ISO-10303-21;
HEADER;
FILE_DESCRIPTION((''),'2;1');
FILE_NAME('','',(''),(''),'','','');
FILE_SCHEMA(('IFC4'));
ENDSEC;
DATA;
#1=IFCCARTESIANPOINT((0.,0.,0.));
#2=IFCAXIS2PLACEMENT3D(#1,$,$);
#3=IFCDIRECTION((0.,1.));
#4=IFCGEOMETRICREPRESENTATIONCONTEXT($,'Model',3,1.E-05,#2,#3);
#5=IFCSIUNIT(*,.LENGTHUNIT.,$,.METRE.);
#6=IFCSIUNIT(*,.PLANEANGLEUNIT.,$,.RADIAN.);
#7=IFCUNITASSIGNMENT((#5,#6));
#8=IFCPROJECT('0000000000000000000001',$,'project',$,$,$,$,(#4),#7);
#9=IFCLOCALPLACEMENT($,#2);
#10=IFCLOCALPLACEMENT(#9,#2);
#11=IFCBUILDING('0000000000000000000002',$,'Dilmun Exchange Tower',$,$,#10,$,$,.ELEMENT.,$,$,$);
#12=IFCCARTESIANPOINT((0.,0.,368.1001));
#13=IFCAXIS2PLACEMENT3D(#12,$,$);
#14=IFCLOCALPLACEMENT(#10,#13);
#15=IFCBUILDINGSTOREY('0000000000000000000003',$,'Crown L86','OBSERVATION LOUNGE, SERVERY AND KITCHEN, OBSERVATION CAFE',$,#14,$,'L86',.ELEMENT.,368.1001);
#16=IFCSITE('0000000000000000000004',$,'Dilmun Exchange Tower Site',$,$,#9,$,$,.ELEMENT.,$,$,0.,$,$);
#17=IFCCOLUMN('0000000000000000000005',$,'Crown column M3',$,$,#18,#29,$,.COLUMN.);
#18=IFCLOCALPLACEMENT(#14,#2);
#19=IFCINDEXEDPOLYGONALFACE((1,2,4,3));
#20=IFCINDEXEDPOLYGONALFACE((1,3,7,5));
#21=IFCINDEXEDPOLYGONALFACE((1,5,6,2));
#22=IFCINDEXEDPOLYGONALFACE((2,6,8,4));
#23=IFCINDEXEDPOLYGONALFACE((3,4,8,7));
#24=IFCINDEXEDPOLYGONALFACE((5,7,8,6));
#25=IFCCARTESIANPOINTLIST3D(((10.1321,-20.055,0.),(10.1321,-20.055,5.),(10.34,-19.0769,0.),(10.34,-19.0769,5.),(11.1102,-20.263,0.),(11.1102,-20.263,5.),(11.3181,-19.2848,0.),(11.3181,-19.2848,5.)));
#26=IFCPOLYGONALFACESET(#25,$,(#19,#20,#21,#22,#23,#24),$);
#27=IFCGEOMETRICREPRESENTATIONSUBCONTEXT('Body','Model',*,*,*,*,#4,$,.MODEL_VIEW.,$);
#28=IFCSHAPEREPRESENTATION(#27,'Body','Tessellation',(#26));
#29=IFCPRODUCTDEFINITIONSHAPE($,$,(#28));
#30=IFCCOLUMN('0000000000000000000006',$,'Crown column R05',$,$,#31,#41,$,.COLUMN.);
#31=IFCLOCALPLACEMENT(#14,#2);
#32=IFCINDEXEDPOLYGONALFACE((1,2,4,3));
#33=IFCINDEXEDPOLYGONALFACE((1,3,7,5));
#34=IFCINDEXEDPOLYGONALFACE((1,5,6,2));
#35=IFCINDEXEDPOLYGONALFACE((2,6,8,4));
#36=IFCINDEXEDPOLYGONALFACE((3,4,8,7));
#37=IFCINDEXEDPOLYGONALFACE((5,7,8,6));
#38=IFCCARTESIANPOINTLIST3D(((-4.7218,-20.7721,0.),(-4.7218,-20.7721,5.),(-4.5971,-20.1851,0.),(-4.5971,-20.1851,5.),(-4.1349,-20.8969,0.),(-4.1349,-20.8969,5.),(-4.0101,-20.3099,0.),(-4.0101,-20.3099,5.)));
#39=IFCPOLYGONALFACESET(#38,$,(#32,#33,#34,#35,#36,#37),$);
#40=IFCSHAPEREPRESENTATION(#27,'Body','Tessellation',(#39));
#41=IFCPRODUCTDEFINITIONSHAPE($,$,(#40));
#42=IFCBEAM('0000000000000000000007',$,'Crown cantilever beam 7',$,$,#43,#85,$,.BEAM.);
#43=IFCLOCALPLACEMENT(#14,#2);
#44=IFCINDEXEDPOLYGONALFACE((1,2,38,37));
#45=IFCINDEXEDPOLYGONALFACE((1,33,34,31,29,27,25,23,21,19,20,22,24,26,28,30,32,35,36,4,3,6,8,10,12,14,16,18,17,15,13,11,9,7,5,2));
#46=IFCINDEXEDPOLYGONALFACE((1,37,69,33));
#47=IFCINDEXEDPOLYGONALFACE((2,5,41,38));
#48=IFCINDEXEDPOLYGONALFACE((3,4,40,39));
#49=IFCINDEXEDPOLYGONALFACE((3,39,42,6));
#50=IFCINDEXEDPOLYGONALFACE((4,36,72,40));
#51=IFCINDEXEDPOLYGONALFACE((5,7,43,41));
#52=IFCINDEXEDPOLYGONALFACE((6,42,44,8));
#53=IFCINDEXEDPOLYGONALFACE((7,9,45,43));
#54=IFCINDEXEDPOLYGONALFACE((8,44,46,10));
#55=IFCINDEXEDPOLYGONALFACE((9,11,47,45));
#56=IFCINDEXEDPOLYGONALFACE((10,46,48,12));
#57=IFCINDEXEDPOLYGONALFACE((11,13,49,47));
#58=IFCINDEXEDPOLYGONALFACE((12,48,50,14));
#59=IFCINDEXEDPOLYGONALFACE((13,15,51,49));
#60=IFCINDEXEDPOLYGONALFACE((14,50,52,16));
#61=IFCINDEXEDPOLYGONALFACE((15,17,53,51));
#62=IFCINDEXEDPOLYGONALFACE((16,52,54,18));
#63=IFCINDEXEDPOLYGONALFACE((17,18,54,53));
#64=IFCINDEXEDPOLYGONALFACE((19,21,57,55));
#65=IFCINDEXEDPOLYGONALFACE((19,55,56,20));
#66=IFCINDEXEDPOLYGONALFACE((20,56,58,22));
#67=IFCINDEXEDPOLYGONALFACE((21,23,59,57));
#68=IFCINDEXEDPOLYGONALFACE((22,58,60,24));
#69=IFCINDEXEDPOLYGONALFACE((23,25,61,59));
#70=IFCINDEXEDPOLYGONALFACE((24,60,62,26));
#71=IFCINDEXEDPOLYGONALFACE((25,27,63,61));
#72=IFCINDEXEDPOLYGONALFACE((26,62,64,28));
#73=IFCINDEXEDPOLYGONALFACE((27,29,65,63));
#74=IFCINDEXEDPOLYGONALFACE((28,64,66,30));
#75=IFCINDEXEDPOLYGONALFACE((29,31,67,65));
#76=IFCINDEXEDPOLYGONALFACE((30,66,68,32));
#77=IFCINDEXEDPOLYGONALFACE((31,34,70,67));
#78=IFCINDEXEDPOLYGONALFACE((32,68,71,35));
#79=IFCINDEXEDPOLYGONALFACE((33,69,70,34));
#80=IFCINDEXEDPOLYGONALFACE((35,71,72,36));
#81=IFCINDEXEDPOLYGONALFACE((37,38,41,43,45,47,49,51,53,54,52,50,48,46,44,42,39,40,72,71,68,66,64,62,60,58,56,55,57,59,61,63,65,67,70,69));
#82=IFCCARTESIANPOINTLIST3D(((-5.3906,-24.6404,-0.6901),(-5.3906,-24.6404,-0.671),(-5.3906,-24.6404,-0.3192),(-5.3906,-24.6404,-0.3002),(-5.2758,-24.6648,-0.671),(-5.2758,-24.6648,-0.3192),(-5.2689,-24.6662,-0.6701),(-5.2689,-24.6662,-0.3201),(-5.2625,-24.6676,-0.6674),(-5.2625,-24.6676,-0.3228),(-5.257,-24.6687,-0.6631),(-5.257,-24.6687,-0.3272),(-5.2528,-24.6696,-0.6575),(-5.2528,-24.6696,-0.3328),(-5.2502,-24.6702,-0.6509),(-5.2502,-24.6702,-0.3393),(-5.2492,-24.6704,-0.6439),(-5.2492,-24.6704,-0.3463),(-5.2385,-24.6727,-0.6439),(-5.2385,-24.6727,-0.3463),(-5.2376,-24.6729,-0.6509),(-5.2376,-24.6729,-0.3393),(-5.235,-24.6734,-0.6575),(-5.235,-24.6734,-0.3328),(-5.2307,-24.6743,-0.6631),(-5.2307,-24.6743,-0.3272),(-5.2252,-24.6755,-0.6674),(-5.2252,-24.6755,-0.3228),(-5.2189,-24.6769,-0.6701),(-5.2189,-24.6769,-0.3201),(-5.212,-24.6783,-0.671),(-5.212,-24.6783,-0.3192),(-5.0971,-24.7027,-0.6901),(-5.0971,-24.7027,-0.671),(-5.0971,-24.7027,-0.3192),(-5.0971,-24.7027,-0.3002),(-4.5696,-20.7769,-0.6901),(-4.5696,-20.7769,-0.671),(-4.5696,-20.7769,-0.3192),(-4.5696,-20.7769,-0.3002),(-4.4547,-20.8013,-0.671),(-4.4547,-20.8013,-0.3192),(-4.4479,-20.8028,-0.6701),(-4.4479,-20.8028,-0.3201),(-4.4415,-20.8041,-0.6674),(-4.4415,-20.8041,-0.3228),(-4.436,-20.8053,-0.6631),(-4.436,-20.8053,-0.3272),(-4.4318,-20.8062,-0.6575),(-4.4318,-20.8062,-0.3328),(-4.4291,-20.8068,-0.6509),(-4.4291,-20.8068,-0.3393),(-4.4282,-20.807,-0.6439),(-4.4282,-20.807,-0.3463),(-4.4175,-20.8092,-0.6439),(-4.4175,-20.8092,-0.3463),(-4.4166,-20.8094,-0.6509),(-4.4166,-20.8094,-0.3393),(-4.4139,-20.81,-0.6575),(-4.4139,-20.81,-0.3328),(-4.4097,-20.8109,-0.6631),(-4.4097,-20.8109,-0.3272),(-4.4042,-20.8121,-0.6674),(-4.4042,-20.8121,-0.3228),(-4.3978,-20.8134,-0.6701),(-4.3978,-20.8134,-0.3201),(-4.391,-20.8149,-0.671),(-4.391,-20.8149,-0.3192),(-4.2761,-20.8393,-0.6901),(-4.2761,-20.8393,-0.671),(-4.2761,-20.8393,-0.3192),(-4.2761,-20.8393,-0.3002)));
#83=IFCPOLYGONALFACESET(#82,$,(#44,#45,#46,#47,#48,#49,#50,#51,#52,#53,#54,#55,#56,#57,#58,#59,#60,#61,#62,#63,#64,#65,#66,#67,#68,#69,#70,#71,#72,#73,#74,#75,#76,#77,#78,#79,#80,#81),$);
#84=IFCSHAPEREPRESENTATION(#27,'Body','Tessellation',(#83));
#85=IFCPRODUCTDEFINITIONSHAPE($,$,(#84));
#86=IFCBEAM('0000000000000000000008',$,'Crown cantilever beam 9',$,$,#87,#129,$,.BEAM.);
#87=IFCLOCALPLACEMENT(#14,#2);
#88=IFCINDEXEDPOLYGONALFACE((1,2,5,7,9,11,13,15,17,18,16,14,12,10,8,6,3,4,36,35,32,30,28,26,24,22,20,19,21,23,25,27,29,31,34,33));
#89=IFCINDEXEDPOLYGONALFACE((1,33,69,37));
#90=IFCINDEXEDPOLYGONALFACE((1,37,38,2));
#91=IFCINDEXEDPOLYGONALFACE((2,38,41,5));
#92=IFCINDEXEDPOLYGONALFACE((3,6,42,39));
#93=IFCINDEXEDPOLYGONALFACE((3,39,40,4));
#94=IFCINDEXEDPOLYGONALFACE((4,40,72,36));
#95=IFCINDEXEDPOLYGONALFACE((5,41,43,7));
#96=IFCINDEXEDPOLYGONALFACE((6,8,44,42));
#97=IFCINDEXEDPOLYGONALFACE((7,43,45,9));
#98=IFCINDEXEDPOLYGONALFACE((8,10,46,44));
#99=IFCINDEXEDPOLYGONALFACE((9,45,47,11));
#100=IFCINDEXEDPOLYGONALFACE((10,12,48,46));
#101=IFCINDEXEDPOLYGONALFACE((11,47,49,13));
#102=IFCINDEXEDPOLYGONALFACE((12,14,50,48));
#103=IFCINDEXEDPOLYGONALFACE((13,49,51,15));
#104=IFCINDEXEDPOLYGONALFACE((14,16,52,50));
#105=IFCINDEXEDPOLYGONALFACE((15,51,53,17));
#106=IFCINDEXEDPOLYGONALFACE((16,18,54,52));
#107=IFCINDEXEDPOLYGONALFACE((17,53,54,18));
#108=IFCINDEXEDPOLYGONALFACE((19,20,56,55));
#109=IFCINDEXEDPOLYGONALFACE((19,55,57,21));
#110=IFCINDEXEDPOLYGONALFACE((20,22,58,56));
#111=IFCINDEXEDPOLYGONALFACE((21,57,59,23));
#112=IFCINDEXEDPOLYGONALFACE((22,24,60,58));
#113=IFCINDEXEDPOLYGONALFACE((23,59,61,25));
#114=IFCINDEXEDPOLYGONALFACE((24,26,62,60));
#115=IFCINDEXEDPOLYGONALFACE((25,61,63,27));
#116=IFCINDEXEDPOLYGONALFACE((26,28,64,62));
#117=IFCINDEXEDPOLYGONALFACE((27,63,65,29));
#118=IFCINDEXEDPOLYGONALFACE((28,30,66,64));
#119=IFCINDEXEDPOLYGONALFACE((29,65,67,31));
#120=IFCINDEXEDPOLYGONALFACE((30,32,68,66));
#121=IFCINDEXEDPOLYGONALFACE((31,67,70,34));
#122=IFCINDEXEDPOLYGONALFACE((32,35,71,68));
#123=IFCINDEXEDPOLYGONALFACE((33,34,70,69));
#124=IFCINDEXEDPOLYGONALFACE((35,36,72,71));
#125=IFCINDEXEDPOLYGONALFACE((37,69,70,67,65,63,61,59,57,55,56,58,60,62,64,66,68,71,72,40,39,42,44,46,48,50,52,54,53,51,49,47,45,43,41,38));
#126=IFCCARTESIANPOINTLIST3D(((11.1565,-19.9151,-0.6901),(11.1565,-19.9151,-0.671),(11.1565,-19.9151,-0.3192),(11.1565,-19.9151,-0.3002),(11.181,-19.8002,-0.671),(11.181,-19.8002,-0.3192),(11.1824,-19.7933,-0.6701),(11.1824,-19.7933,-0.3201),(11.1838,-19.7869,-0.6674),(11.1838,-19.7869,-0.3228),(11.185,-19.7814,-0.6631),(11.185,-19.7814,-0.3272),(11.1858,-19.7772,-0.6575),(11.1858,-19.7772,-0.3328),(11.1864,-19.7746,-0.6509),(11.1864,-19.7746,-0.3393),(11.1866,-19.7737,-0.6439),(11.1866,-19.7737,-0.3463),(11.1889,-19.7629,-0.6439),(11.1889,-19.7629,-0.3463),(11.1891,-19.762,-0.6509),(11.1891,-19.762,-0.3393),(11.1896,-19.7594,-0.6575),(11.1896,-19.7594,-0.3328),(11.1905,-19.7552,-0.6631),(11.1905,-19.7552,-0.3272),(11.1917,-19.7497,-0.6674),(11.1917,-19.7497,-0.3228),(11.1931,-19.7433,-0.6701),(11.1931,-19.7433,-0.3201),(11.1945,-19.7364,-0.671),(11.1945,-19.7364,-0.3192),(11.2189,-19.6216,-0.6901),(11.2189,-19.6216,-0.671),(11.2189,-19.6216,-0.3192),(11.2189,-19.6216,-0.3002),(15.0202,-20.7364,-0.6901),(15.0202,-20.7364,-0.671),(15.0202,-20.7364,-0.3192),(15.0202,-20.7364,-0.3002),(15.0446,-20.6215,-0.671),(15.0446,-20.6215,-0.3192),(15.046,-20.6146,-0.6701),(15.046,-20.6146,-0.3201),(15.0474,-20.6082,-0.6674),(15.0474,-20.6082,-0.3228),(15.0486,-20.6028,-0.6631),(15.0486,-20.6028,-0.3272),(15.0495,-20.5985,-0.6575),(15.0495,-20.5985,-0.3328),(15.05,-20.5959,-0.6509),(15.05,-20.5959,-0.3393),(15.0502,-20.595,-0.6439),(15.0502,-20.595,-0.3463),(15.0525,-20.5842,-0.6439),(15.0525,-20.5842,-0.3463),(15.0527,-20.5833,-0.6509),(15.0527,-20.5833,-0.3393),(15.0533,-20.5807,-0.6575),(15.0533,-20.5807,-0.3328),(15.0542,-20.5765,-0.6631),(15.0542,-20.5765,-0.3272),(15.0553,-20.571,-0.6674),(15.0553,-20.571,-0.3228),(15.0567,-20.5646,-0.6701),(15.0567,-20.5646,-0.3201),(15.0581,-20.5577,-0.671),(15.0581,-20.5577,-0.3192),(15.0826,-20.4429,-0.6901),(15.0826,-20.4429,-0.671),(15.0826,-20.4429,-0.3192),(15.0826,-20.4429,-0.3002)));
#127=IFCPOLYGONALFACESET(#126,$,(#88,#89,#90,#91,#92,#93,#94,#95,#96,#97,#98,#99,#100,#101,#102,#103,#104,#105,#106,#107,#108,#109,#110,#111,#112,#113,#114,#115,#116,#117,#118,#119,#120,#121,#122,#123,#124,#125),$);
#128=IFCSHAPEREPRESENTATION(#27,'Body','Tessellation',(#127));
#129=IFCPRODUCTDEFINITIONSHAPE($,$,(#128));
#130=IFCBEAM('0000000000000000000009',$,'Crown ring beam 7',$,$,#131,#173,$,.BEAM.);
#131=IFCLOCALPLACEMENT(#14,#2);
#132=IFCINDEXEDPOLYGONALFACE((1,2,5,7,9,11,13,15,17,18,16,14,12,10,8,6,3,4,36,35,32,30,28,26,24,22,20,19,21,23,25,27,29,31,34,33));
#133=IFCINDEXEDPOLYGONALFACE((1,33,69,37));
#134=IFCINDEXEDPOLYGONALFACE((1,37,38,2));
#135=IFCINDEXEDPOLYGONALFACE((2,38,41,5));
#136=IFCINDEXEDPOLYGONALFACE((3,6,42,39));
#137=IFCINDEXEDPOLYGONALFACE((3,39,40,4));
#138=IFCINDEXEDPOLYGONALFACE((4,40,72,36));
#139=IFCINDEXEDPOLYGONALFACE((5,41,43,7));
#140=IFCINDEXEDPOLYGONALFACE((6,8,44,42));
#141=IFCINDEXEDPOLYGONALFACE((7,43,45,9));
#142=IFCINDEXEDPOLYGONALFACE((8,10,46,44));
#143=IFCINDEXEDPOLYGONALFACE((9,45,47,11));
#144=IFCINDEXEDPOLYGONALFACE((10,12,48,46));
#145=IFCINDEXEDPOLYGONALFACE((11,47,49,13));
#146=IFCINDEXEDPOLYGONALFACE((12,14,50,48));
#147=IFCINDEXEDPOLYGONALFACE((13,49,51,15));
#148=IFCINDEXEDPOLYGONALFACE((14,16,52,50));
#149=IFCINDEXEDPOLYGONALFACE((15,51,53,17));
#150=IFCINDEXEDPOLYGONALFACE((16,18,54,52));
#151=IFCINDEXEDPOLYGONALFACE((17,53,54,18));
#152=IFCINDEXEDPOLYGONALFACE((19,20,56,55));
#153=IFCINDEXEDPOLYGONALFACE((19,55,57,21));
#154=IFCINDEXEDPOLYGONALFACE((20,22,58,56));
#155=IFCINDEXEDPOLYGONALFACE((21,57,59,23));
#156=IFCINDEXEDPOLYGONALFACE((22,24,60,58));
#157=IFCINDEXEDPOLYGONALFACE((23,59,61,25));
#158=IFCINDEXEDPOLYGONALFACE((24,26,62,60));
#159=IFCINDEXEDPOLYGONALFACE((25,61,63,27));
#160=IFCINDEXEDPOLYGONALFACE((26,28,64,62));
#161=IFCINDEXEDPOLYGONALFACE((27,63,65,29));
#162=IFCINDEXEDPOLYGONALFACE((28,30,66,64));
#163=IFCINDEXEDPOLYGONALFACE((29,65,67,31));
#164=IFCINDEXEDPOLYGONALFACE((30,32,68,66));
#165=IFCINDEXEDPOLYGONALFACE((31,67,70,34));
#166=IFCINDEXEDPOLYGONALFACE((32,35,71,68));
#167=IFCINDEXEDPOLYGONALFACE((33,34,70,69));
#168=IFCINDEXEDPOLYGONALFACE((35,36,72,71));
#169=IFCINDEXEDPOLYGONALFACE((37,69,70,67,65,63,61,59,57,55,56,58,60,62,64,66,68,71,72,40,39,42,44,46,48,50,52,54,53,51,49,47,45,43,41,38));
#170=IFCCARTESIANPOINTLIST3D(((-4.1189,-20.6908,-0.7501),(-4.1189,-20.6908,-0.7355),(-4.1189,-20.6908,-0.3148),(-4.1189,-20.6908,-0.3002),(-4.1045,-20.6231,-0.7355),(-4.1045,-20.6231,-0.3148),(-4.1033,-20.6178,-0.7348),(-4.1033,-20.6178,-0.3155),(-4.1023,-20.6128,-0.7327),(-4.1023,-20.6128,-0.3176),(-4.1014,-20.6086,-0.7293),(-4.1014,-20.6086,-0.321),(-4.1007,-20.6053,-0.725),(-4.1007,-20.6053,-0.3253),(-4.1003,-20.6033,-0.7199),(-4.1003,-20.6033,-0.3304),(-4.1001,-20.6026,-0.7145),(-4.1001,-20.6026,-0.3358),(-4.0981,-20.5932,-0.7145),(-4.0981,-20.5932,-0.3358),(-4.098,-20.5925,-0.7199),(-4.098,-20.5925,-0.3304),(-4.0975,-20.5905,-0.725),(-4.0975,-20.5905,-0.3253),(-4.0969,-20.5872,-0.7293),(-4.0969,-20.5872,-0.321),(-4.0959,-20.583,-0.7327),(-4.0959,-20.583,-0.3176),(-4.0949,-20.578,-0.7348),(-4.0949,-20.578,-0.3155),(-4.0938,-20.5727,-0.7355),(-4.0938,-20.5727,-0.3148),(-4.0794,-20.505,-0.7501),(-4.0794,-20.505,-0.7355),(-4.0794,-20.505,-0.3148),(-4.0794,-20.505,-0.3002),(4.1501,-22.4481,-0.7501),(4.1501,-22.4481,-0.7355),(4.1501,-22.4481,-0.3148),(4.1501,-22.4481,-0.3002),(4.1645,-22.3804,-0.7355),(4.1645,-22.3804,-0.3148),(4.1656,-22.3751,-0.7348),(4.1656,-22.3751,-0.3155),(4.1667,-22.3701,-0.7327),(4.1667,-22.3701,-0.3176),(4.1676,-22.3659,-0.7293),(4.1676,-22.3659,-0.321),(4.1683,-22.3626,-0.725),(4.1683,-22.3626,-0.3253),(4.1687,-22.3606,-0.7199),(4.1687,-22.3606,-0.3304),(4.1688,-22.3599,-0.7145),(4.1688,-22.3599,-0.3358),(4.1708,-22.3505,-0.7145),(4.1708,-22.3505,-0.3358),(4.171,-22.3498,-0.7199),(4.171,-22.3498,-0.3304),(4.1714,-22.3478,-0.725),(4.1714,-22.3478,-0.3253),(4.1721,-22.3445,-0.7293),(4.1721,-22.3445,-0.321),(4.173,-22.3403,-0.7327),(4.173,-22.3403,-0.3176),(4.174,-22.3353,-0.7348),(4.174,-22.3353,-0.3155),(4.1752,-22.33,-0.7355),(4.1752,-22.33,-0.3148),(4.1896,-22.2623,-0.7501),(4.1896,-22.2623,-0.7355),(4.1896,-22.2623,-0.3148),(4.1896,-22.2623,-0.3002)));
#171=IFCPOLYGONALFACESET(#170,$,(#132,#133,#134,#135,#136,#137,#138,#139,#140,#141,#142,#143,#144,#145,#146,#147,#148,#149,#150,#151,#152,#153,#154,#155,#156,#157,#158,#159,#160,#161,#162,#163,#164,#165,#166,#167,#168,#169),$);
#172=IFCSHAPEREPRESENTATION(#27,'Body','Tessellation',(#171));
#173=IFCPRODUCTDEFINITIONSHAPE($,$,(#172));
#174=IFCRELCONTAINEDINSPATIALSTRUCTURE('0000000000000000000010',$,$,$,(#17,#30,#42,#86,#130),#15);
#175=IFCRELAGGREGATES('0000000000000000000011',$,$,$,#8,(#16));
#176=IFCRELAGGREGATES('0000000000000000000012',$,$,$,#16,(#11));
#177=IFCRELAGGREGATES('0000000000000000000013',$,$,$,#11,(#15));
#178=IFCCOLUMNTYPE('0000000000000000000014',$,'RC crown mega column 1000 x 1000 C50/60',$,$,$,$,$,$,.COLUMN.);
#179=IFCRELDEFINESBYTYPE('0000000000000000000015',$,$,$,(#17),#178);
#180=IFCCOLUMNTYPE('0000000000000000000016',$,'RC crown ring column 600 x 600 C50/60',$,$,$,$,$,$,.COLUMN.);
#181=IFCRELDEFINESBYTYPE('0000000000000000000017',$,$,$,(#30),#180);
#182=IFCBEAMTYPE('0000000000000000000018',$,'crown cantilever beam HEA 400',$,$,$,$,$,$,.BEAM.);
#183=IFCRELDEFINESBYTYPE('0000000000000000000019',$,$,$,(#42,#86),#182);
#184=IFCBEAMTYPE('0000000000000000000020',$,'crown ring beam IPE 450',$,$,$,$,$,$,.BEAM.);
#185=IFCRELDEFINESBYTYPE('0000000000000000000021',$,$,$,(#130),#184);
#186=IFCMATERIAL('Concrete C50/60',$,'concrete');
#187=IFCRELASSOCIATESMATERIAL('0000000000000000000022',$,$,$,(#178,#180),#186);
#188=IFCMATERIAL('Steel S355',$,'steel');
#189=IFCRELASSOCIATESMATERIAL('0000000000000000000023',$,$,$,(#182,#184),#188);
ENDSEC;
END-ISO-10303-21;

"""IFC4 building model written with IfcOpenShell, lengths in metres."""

from ifc_helpers import new_model, si_unit, direction, frame, origin, origin_2d, place, context, subcontext, project, spatial, rectangle, i_section, extrude, material, material_profile, profile_set, type_object, element, save


model = new_model("IFC4")

# Units and contexts
model_context = context("Model", 3, precision=1e-05, world=origin(), true_north=direction((0.0, 1.0)))
body_context = subcontext(model_context, "Body", "Model", "MODEL_VIEW")
ifc_project = project(units=[si_unit("LENGTHUNIT", "METRE"), si_unit("PLANEANGLEUNIT", "RADIAN")], contexts=[model_context])

# Site, building, storey
site_placement = place(None, origin())
site = spatial("IfcSite", under=ifc_project, at=site_placement, Name="Dilmun Exchange Tower Site", CompositionType="ELEMENT", RefElevation=0.0)
building_placement = place(site_placement, origin())
building = spatial("IfcBuilding", under=site, at=building_placement, Name="Dilmun Exchange Tower", CompositionType="ELEMENT")
storey_placement = place(building_placement, frame((0.0, 0.0, 368.1001)))
storey = spatial("IfcBuildingStorey", under=building, at=storey_placement, Name="Crown L86", Description="OBSERVATION LOUNGE, SERVERY AND KITCHEN, OBSERVATION CAFE", LongName="L86", CompositionType="ELEMENT", Elevation=368.1001)

# Columns
ifc_material_1 = material(Name="Concrete C50/60", Category="concrete")
ifc_material_profile_1 = material_profile(ifc_material_1, rectangle(XDim=1.0, YDim=1.0, at=origin_2d()), Name="1000 x 1000")
ifc_profile_set_1 = profile_set([ifc_material_profile_1], Name="Concrete C50/60")
column_type_1 = type_object("IfcColumnType", Name="RC crown mega column 1000 x 1000 C50/60", PredefinedType="COLUMN", material=ifc_profile_set_1)
column_1_placement = place(storey_placement, frame((10.7251, -19.6699, 0.0), z_axis=(0.0, 0.0, 1.0), x_axis=(0.207912, 0.978148, 0.0)))
element("IfcColumn", 1, at=column_1_placement, inside=storey, type_object=column_type_1, Name="Crown column M3", PredefinedType="COLUMN", context=body_context, shape_type="SweptSolid", body=[
    extrude(rectangle(XDim=1.0, YDim=1.0, at=origin_2d()), origin(), (0.0, 0.0, 1.0), 5.0),
])
ifc_material_profile_2 = material_profile(ifc_material_1, rectangle(XDim=0.6001, YDim=0.6001, at=origin_2d()), Name="600 x 600")
ifc_profile_set_2 = profile_set([ifc_material_profile_2], Name="Concrete C50/60")
column_type_2 = type_object("IfcColumnType", Name="RC crown ring column 600 x 600 C50/60", PredefinedType="COLUMN", material=ifc_profile_set_2)
column_2_placement = place(storey_placement, frame((-4.366, -20.541, 0.0), z_axis=(0.0, 0.0, 1.0), x_axis=(0.207912, 0.978148, 0.0)))
element("IfcColumn", 2, at=column_2_placement, inside=storey, type_object=column_type_2, Name="Crown column R05", PredefinedType="COLUMN", context=body_context, shape_type="SweptSolid", body=[
    extrude(rectangle(XDim=0.6001, YDim=0.6001, at=origin_2d()), origin(), (0.0, 0.0, 1.0), 5.0),
])

# Beams
ifc_material_2 = material(Name="Steel S355", Category="steel")
ifc_material_profile_3 = material_profile(ifc_material_2, i_section(OverallWidth=0.3, OverallDepth=0.3899, WebThickness=0.011, FlangeThickness=0.019, FilletRadius=0.0271, at=origin_2d()), Name="HEA 400")
ifc_profile_set_3 = profile_set([ifc_material_profile_3], Name="Steel S355")
beam_type_1 = type_object("IfcBeamType", Name="crown cantilever beam HEA 400", PredefinedType="BEAM", material=ifc_profile_set_3)
beam_1_placement = place(storey_placement, frame((-4.4229, -20.8081, -0.4951), z_axis=(-0.20787, -0.978156, 0.0), x_axis=(0.978156, -0.20787, 0.0)))
element("IfcBeam", 3, at=beam_1_placement, inside=storey, type_object=beam_type_1, Name="Crown cantilever beam 7", PredefinedType="BEAM", context=body_context, shape_type="SweptSolid", body=[
    extrude(i_section(OverallWidth=0.3, OverallDepth=0.3899, WebThickness=0.011, FlangeThickness=0.019, FilletRadius=0.0271, at=origin_2d()), origin(), (0.0, 0.0, 1.0), 3.9497),
])
beam_2_placement = place(storey_placement, frame((11.1877, -19.7683, -0.4951), z_axis=(0.978144, -0.207929, 0.0), x_axis=(0.207929, 0.978144, 0.0)))
element("IfcBeam", 4, at=beam_2_placement, inside=storey, type_object=beam_type_1, Name="Crown cantilever beam 9", PredefinedType="BEAM", context=body_context, shape_type="SweptSolid", body=[
    extrude(i_section(OverallWidth=0.3, OverallDepth=0.3899, WebThickness=0.011, FlangeThickness=0.019, FilletRadius=0.0271, at=origin_2d()), origin(), (0.0, 0.0, 1.0), 3.95),
])
ifc_material_profile_4 = material_profile(ifc_material_2, i_section(OverallWidth=0.1899, OverallDepth=0.45, WebThickness=0.0095, FlangeThickness=0.0146, FilletRadius=0.021, at=origin_2d()), Name="IPE 450")
ifc_profile_set_4 = profile_set([ifc_material_profile_4], Name="Steel S355")
beam_type_2 = type_object("IfcBeamType", Name="crown ring beam IPE 450", PredefinedType="BEAM", material=ifc_profile_set_4)
beam_3_placement = place(storey_placement, frame((-4.0991, -20.5979, -0.5251), z_axis=(0.978155, -0.207876, 0.0), x_axis=(0.207876, 0.978155, 0.0)))
element("IfcBeam", 5, at=beam_3_placement, inside=storey, type_object=beam_type_2, Name="Crown ring beam 7", PredefinedType="BEAM", context=body_context, shape_type="SweptSolid", body=[
    extrude(i_section(OverallWidth=0.1899, OverallDepth=0.45, WebThickness=0.0095, FlangeThickness=0.0146, FilletRadius=0.021, at=origin_2d()), origin(), (0.0, 0.0, 1.0), 8.4536),
])

save(model, "model.ifc")
